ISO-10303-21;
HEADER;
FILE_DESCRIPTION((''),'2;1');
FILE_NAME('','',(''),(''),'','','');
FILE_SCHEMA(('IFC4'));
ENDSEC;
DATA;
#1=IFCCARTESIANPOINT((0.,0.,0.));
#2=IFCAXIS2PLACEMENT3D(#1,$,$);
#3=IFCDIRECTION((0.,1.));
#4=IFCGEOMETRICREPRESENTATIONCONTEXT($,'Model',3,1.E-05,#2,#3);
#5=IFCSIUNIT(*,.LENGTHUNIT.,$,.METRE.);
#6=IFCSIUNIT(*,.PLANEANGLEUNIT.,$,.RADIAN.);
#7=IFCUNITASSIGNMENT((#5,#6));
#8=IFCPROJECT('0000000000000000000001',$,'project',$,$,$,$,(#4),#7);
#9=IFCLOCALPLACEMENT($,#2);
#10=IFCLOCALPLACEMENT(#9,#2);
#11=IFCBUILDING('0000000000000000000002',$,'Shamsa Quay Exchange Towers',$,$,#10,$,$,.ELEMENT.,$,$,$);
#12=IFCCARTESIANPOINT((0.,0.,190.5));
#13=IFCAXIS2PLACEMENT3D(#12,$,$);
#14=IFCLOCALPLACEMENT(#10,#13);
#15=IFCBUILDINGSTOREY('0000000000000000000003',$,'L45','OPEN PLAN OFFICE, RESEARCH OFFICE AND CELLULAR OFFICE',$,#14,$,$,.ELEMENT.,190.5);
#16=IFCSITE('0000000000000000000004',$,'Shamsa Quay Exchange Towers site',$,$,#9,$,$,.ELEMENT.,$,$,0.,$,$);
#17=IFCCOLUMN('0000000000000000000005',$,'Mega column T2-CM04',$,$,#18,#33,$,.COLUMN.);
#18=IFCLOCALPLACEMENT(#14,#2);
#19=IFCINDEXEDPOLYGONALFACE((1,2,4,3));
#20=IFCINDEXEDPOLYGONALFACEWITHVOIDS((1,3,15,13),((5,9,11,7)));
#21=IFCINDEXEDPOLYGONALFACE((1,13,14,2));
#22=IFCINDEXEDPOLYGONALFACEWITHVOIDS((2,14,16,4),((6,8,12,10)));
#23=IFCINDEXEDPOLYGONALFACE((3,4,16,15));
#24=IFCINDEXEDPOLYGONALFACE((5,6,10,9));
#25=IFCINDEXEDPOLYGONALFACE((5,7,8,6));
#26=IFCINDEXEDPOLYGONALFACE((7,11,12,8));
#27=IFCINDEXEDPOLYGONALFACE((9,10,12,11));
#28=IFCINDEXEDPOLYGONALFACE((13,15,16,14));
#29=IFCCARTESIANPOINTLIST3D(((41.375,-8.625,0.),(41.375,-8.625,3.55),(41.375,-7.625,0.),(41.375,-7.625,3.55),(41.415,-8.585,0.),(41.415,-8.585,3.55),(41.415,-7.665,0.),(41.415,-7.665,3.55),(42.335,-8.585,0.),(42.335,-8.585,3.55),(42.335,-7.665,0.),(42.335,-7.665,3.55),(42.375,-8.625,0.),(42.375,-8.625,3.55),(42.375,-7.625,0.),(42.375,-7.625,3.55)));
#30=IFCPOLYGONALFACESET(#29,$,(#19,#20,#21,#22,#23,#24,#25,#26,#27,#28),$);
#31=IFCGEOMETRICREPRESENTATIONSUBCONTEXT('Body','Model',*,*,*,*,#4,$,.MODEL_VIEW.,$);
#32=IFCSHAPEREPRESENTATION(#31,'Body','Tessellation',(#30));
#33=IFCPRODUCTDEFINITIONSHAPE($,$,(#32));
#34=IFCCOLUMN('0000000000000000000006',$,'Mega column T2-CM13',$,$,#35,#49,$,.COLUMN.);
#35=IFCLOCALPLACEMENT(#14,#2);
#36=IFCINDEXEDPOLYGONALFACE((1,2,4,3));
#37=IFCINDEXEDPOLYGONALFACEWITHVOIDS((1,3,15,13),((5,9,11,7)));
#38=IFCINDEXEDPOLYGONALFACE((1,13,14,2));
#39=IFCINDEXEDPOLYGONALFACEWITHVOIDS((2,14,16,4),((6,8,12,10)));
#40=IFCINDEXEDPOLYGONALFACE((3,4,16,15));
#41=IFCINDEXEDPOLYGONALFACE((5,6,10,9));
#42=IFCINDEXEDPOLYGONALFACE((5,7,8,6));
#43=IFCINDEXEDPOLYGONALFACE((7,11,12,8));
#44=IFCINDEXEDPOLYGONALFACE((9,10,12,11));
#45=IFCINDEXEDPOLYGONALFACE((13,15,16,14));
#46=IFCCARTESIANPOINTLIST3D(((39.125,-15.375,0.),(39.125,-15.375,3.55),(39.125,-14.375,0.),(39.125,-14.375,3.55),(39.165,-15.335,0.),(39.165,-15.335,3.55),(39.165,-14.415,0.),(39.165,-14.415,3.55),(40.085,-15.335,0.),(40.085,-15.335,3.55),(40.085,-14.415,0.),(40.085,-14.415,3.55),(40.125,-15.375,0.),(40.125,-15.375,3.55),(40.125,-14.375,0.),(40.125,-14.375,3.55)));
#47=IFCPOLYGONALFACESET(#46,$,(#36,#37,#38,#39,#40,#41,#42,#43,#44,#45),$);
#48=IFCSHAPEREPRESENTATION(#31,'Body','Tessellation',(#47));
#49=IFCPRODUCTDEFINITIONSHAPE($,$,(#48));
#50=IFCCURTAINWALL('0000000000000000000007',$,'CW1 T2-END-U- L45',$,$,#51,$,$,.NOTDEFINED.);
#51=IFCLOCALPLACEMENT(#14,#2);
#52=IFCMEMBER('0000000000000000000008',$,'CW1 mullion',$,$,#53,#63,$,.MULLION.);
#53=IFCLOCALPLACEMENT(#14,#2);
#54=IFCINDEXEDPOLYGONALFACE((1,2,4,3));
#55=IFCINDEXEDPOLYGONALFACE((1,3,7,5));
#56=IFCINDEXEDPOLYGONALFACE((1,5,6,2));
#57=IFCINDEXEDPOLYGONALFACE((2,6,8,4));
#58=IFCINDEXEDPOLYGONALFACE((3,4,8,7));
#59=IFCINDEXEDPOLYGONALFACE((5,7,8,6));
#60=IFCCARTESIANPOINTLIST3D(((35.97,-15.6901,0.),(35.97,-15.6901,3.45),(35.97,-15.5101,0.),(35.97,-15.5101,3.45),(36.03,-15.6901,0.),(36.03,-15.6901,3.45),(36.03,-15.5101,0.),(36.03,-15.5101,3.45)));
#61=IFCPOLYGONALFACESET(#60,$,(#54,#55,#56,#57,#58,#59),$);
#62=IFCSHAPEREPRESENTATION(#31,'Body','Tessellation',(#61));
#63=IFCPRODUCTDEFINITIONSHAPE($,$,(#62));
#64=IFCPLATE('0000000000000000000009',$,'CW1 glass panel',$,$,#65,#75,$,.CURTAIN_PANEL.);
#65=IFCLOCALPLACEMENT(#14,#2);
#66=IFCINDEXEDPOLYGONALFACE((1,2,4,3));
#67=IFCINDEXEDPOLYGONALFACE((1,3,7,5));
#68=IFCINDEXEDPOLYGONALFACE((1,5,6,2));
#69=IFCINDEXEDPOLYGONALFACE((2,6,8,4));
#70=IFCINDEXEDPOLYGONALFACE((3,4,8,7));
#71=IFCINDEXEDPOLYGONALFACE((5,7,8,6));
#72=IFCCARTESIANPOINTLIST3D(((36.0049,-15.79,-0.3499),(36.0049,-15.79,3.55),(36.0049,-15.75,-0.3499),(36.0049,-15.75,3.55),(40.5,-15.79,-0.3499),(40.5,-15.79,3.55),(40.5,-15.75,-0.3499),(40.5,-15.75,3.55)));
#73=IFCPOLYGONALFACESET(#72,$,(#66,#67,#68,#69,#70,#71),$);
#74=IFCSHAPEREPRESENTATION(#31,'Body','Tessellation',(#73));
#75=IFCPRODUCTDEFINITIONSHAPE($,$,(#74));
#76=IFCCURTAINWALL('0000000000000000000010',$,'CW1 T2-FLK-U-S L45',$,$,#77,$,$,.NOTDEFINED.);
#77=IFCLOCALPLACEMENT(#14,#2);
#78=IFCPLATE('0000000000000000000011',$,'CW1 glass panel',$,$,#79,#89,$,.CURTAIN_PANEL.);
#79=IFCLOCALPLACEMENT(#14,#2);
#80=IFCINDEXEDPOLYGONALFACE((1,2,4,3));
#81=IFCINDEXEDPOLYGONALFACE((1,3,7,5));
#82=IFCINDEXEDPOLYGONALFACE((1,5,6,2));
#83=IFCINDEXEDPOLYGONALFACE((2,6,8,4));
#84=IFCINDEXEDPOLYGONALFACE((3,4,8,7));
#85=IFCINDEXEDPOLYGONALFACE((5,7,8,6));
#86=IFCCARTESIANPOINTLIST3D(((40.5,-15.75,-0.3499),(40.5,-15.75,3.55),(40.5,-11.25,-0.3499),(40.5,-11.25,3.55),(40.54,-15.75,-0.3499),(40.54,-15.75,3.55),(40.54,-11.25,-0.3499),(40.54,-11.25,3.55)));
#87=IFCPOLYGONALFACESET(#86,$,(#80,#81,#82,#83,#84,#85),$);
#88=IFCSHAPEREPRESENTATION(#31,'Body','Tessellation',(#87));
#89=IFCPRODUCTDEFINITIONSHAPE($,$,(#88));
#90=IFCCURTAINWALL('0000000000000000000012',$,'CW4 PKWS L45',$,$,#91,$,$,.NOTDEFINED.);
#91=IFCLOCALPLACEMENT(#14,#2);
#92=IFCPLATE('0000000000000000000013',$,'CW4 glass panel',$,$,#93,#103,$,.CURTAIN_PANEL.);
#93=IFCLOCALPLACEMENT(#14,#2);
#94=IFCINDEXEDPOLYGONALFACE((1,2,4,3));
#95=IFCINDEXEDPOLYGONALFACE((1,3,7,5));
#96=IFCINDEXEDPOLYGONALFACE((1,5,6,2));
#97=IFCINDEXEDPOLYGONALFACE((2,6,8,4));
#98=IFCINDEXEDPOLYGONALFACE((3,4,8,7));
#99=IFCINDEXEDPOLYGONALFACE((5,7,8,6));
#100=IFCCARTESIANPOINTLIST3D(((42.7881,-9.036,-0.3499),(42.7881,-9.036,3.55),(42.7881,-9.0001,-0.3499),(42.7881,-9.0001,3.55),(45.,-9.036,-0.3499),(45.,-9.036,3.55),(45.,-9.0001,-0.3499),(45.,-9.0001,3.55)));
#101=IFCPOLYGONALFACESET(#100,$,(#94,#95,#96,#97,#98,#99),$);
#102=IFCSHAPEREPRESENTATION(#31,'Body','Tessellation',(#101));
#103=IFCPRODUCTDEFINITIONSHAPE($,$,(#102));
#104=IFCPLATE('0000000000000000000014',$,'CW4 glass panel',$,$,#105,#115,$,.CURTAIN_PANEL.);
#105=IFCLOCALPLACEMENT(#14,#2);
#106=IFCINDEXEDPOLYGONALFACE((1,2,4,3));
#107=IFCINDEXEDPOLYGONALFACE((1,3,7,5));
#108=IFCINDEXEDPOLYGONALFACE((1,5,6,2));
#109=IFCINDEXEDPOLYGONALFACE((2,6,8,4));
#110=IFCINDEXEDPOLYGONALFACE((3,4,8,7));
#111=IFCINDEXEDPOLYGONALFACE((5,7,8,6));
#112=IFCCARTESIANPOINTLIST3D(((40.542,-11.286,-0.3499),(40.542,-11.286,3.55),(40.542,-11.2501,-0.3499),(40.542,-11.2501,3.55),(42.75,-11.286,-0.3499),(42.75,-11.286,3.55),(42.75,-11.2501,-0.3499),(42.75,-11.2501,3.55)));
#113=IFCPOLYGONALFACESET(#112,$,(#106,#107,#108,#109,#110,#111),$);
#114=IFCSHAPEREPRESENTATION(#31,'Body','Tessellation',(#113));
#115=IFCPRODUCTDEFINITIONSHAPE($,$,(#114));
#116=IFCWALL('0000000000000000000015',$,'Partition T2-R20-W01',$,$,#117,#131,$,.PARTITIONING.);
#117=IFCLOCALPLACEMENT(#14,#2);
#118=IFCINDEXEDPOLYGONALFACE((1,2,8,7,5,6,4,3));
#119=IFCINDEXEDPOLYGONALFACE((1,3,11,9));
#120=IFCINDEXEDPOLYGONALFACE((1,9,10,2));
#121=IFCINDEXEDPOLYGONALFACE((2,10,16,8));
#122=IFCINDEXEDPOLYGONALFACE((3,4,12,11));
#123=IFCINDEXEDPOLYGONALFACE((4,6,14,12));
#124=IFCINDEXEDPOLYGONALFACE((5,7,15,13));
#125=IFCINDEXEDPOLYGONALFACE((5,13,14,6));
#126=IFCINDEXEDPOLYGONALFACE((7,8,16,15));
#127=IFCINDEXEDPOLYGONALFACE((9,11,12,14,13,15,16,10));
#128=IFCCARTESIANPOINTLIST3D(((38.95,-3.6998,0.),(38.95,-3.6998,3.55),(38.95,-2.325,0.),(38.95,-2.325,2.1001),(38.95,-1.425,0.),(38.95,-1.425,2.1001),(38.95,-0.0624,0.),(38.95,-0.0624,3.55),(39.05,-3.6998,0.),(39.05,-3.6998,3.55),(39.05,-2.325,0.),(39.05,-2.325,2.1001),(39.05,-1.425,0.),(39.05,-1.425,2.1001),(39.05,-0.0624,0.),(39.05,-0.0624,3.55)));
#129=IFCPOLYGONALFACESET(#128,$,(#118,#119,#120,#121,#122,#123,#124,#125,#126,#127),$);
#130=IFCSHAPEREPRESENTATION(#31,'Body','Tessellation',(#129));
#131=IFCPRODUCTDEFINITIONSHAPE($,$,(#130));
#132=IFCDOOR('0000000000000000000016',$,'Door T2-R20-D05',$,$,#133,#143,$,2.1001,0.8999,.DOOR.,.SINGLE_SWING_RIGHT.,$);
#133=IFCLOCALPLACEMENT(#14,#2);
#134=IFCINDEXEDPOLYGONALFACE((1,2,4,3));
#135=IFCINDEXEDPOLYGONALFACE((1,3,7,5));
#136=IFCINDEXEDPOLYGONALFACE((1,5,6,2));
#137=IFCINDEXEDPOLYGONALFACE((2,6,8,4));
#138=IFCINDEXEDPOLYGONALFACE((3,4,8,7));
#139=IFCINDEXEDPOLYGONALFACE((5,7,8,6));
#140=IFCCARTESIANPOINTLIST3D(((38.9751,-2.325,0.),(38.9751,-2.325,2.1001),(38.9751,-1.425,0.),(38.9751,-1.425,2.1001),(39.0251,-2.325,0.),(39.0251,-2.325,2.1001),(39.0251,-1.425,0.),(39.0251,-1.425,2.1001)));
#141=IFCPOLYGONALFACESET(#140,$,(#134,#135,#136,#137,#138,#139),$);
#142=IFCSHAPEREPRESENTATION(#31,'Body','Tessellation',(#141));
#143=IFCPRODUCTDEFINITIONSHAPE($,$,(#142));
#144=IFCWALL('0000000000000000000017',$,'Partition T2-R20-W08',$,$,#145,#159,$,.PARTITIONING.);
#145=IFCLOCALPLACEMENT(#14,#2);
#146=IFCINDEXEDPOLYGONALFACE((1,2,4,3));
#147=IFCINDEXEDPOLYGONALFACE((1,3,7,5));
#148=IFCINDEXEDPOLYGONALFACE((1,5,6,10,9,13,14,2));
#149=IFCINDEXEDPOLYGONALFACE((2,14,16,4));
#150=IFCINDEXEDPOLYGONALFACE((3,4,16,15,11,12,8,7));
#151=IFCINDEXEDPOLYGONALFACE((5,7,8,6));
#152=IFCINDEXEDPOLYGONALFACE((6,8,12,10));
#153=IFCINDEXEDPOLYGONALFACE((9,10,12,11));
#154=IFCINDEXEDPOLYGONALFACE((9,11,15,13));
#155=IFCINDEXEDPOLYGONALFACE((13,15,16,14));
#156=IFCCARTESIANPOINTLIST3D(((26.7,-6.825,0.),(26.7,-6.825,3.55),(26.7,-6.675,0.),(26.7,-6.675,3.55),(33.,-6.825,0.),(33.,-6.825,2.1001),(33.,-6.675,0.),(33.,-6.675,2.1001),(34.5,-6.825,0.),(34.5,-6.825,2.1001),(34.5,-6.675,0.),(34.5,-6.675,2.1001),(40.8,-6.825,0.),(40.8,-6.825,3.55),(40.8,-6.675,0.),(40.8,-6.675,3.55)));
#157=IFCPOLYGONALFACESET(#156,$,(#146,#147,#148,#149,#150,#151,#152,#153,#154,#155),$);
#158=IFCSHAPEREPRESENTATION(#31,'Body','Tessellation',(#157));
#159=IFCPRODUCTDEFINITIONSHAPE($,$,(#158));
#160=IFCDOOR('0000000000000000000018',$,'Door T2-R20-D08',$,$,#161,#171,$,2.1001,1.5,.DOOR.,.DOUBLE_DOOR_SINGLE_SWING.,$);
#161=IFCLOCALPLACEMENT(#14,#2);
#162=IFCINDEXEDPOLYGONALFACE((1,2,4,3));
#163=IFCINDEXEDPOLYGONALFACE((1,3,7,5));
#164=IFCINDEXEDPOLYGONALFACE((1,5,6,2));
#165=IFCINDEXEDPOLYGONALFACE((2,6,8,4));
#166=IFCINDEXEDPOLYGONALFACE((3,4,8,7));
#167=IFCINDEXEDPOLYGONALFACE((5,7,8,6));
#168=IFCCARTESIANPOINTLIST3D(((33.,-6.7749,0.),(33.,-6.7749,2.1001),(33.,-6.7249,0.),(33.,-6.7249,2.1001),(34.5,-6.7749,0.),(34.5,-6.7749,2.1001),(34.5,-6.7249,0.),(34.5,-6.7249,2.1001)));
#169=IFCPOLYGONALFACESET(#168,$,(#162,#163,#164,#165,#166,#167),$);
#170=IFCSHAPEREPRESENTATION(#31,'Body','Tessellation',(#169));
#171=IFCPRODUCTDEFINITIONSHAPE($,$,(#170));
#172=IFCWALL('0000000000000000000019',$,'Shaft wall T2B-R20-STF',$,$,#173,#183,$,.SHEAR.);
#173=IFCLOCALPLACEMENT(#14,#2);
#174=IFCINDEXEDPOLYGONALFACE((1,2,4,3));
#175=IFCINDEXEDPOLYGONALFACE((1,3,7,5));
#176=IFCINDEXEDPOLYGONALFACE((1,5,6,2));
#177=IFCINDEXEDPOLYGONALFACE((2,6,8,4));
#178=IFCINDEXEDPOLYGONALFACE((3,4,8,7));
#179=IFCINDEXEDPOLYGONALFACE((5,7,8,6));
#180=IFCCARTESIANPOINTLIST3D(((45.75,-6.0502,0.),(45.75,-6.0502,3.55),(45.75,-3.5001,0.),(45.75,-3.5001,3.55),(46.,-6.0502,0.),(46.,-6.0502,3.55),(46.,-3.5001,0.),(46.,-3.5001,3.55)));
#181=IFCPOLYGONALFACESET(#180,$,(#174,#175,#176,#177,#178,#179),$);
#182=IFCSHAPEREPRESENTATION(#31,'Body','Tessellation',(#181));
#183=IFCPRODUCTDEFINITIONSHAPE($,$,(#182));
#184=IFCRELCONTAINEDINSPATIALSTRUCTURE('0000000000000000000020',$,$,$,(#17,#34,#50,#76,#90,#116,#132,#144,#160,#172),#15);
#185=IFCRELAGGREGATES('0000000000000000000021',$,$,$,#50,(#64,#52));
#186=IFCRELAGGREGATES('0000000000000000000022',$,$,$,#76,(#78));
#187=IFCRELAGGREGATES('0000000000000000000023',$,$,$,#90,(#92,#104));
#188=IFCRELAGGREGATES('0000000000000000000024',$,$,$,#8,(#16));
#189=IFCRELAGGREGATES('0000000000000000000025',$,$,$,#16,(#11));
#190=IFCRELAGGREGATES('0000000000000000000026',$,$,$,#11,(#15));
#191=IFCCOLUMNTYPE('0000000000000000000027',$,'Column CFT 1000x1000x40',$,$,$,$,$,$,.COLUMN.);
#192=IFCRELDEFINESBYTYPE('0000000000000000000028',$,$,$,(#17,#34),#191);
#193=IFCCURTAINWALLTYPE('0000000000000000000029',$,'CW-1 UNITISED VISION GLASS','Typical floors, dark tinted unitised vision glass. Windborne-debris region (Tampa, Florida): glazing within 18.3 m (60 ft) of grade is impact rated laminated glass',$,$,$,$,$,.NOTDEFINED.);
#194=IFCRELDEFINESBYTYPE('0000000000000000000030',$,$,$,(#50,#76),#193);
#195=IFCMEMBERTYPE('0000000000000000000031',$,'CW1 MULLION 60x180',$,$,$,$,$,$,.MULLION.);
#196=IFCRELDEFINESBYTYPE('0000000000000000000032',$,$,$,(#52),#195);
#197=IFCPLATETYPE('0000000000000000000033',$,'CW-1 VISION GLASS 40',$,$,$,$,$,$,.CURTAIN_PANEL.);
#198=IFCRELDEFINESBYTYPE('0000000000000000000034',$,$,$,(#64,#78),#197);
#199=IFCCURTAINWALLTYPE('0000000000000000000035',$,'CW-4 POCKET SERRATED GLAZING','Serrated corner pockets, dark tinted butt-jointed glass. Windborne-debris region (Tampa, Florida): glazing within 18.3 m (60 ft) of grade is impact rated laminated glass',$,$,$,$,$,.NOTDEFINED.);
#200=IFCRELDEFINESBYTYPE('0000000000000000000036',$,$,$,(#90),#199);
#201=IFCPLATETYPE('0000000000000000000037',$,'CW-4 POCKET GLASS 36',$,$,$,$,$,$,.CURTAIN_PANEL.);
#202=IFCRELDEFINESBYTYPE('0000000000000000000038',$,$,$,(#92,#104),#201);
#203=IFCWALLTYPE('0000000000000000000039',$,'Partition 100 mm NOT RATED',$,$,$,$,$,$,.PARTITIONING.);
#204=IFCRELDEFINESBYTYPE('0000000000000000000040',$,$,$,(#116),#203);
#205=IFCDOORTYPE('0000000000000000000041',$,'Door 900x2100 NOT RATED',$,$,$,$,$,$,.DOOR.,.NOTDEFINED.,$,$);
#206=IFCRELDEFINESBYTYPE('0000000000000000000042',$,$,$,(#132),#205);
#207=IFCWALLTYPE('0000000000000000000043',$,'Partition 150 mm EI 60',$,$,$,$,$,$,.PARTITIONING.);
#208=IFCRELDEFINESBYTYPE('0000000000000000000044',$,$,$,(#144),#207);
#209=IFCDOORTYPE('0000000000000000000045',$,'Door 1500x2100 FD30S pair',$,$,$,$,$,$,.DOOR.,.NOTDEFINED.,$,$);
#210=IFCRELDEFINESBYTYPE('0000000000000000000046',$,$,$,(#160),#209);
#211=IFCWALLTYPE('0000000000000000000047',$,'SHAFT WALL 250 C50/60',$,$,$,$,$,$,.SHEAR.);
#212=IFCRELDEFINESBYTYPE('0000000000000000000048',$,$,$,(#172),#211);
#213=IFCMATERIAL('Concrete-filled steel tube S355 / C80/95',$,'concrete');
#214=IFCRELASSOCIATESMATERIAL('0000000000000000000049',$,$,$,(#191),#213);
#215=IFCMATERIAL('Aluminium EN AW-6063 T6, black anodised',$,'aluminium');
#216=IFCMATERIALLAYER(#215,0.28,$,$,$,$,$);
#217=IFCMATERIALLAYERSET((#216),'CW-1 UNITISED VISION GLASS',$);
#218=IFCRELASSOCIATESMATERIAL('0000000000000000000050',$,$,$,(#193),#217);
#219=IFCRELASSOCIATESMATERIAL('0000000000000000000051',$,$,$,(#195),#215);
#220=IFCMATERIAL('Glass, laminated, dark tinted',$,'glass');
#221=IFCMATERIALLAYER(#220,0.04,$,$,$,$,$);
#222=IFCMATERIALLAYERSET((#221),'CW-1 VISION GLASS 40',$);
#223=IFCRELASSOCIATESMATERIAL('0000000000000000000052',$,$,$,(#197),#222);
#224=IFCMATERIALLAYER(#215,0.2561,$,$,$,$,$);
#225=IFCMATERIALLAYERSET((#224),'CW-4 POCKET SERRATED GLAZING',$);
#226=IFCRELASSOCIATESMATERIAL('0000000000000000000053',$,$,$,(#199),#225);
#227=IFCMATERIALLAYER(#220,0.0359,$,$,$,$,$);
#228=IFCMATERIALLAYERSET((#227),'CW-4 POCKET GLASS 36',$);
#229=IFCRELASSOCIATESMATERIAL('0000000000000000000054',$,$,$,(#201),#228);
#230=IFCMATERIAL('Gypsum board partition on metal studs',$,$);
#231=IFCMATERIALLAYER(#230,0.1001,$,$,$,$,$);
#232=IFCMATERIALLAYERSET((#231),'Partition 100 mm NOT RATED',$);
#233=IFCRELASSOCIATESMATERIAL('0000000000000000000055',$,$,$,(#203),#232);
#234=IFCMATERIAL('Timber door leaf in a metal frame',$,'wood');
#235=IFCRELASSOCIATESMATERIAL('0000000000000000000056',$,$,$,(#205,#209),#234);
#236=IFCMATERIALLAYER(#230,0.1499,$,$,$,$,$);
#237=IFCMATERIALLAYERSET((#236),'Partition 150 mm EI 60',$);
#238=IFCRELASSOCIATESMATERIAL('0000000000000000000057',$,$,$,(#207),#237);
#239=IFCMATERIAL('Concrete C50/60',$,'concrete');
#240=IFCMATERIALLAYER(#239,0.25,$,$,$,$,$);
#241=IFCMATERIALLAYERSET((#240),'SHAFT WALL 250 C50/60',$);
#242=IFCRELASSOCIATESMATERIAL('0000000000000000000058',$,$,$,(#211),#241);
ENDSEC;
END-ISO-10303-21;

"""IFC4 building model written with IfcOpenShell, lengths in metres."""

from ifc_helpers import new_model, si_unit, direction, frame, frame_2d, origin, origin_2d, place, context, subcontext, project, spatial, rectangle, hollow_rectangle, extrude, material, layer, layer_set, material_profile, profile_set, type_object, element, fill, aggregate, save


model = new_model("IFC4")

# Units and contexts
model_context = context("Model", 3, precision=1e-05, world=origin(), true_north=direction((0.0, 1.0)))
body_context = subcontext(model_context, "Body", "Model", "MODEL_VIEW")
ifc_project = project(units=[si_unit("LENGTHUNIT", "METRE"), si_unit("PLANEANGLEUNIT", "RADIAN")], contexts=[model_context])

# Site, building, storey
site_placement = place(None, origin())
site = spatial("IfcSite", under=ifc_project, at=site_placement, Name="Shamsa Quay Exchange Towers site", CompositionType="ELEMENT", RefElevation=0.0)
building_placement = place(site_placement, origin())
building = spatial("IfcBuilding", under=site, at=building_placement, Name="Shamsa Quay Exchange Towers", CompositionType="ELEMENT")
storey_placement = place(building_placement, frame((0.0, 0.0, 190.5)))
storey = spatial("IfcBuildingStorey", under=building, at=storey_placement, Name="L45", Description="OPEN PLAN OFFICE, RESEARCH OFFICE AND CELLULAR OFFICE", CompositionType="ELEMENT", Elevation=190.5)

# Columns
ifc_material_1 = material(Name="Concrete-filled steel tube S355 / C80/95", Category="concrete")
ifc_material_profile_1 = material_profile(ifc_material_1, hollow_rectangle(XDim=1.0, YDim=1.0, WallThickness=0.04, at=origin_2d()), Name="CFT 1000x1000x40")
ifc_profile_set_1 = profile_set([ifc_material_profile_1], Name="Concrete-filled steel tube S355 / C80/95")
column_type = type_object("IfcColumnType", Name="Column CFT 1000x1000x40", PredefinedType="COLUMN", material=ifc_profile_set_1)
for number, where, name in (
    (1, (41.875, -8.125, 0.0), "Mega column T2-CM04"),
    (2, (39.625, -14.875, 0.0), "Mega column T2-CM13"),
):
    element("IfcColumn", number, at=place(storey_placement, frame(where)), inside=storey, type_object=column_type, Name=name, PredefinedType="COLUMN", context=body_context, shape_type="SweptSolid", body=[
        extrude(hollow_rectangle(XDim=1.0, YDim=1.0, WallThickness=0.04, at=origin_2d()), origin(), (0.0, 0.0, 1.0), 3.55),
    ])

# Curtain wall, member, plate
ifc_material_2 = material(Name="Aluminium EN AW-6063 T6, black anodised", Category="aluminium")
ifc_layer_1 = layer(ifc_material_2, 0.28)
ifc_layer_set_1 = layer_set([ifc_layer_1], Name="CW-1 UNITISED VISION GLASS")
curtain_wall_type_1 = type_object("IfcCurtainWallType", Name="CW-1 UNITISED VISION GLASS", Description="Typical floors, dark tinted unitised vision glass. Windborne-debris region (Tampa, Florida): glazing within 18.3 m (60 ft) of grade is impact rated laminated glass", PredefinedType="NOTDEFINED", material=ifc_layer_set_1)
curtain_wall_1_placement = place(storey_placement, origin())
curtain_wall_1 = element("IfcCurtainWall", 3, at=curtain_wall_1_placement, inside=storey, type_object=curtain_wall_type_1, Name="CW1 T2-END-U- L45", PredefinedType="NOTDEFINED")
ifc_material_profile_2 = material_profile(ifc_material_2, rectangle(XDim=0.1799, YDim=0.0601, at=origin_2d()), Name="MU60x180")
ifc_profile_set_2 = profile_set([ifc_material_profile_2], Name="Aluminium EN AW-6063 T6, black anodised")
member_type = type_object("IfcMemberType", Name="CW1 MULLION 60x180", PredefinedType="MULLION", material=ifc_profile_set_2)
member_placement = place(storey_placement, frame((36.0, -15.6001, 0.0), z_axis=(0.0, 0.0, 1.0), x_axis=(0.0, 1.0, 0.0)))
member = element("IfcMember", 4, at=member_placement, type_object=member_type, Name="CW1 mullion", PredefinedType="MULLION", context=body_context, shape_type="SweptSolid", body=[
    extrude(rectangle(XDim=0.1799, YDim=0.0601, at=origin_2d()), origin(), (0.0, 0.0, 1.0), 3.45),
])
ifc_material_3 = material(Name="Glass, laminated, dark tinted", Category="glass")
ifc_layer_2 = layer(ifc_material_3, 0.04)
ifc_layer_set_2 = layer_set([ifc_layer_2], Name="CW-1 VISION GLASS 40")
plate_type_1 = type_object("IfcPlateType", Name="CW-1 VISION GLASS 40", PredefinedType="CURTAIN_PANEL", material=ifc_layer_set_2)
plate_1_placement = place(storey_placement, frame((38.2524, -15.77, -0.3499)))
plate_1 = element("IfcPlate", 5, at=plate_1_placement, type_object=plate_type_1, Name="CW1 glass panel", PredefinedType="CURTAIN_PANEL", context=body_context, shape_type="SweptSolid", body=[
    extrude(rectangle(XDim=4.4951, YDim=0.04, at=origin_2d()), origin(), (0.0, 0.0, 1.0), 3.8999),
])
aggregate(curtain_wall_1, [plate_1, member])

# Curtain wall, plate
curtain_wall_2_placement = place(storey_placement, origin())
curtain_wall_2 = element("IfcCurtainWall", 6, at=curtain_wall_2_placement, inside=storey, type_object=curtain_wall_type_1, Name="CW1 T2-FLK-U-S L45", PredefinedType="NOTDEFINED")
plate_2_placement = place(storey_placement, frame((40.52, -13.5, -0.3499), z_axis=(0.0, 0.0, 1.0), x_axis=(0.0, 1.0, 0.0)))
plate_2 = element("IfcPlate", 7, at=plate_2_placement, type_object=plate_type_1, Name="CW1 glass panel", PredefinedType="CURTAIN_PANEL", context=body_context, shape_type="SweptSolid", body=[
    extrude(rectangle(XDim=4.5, YDim=0.04, at=origin_2d()), origin(), (0.0, 0.0, 1.0), 3.8999),
])
aggregate(curtain_wall_2, [plate_2])

# Curtain wall, plates
ifc_layer_3 = layer(ifc_material_2, 0.2561)
ifc_layer_set_3 = layer_set([ifc_layer_3], Name="CW-4 POCKET SERRATED GLAZING")
curtain_wall_type_2 = type_object("IfcCurtainWallType", Name="CW-4 POCKET SERRATED GLAZING", Description="Serrated corner pockets, dark tinted butt-jointed glass. Windborne-debris region (Tampa, Florida): glazing within 18.3 m (60 ft) of grade is impact rated laminated glass", PredefinedType="NOTDEFINED", material=ifc_layer_set_3)
curtain_wall_3_placement = place(storey_placement, origin())
curtain_wall_3 = element("IfcCurtainWall", 8, at=curtain_wall_3_placement, inside=storey, type_object=curtain_wall_type_2, Name="CW4 PKWS L45", PredefinedType="NOTDEFINED")
ifc_layer_4 = layer(ifc_material_3, 0.0359)
ifc_layer_set_4 = layer_set([ifc_layer_4], Name="CW-4 POCKET GLASS 36")
plate_type_2 = type_object("IfcPlateType", Name="CW-4 POCKET GLASS 36", PredefinedType="CURTAIN_PANEL", material=ifc_layer_set_4)
plate_3_placement = place(storey_placement, frame((43.894, -9.0181, -0.3499)))
plate_3 = element("IfcPlate", 9, at=plate_3_placement, type_object=plate_type_2, Name="CW4 glass panel", PredefinedType="CURTAIN_PANEL", context=body_context, shape_type="SweptSolid", body=[
    extrude(rectangle(XDim=2.2119, YDim=0.0359, at=origin_2d()), origin(), (0.0, 0.0, 1.0), 3.8999),
])
plate_4_placement = place(storey_placement, frame((41.646, -11.2681, -0.3499)))
plate_4 = element("IfcPlate", 10, at=plate_4_placement, type_object=plate_type_2, Name="CW4 glass panel", PredefinedType="CURTAIN_PANEL", context=body_context, shape_type="SweptSolid", body=[
    extrude(rectangle(XDim=2.208, YDim=0.0359, at=origin_2d()), origin(), (0.0, 0.0, 1.0), 3.8999),
])
aggregate(curtain_wall_3, [plate_3, plate_4])

# Walls, openings, doors
ifc_material_4 = material(Name="Gypsum board partition on metal studs")
ifc_layer_5 = layer(ifc_material_4, 0.1001)
ifc_layer_set_5 = layer_set([ifc_layer_5], Name="Partition 100 mm NOT RATED")
wall_type_1 = type_object("IfcWallType", Name="Partition 100 mm NOT RATED", PredefinedType="PARTITIONING", material=ifc_layer_set_5)
wall_1_placement = place(storey_placement, frame((39.0, -3.7, 0.0), z_axis=(0.0, 0.0, 1.0), x_axis=(0.0, 1.0, 0.0)))
wall_1 = element("IfcWall", 11, at=wall_1_placement, inside=storey, type_object=wall_type_1, Name="Partition T2-R20-W01", PredefinedType="PARTITIONING", context=body_context, shape_type="SweptSolid", body=[
    extrude(rectangle(XDim=3.6375, YDim=0.1001, at=frame_2d((1.8188, 0.0))), origin(), (0.0, 0.0, 1.0), 3.55),
])
opening_1_placement = place(wall_1_placement, frame((1.375, 0.0, 0.0)))
opening_1 = element("IfcOpeningElement", 12, at=opening_1_placement, cuts=wall_1, PredefinedType="OPENING", context=body_context, shape_type="SweptSolid", body=[
    extrude(rectangle(XDim=0.8999, YDim=2.1001, at=frame_2d((0.45, 1.05))), frame((0.0, 0.0601, 0.0), z_axis=(0.0, -1.0, 0.0), x_axis=(1.0, 0.0, 0.0)), (0.0, 0.0, 1.0), 0.1201),
])
ifc_material_5 = material(Name="Timber door leaf in a metal frame", Category="wood")
door_type_1 = type_object("IfcDoorType", Name="Door 900x2100 NOT RATED", OperationType="NOTDEFINED", PredefinedType="DOOR", material=ifc_material_5)
door_1_placement = place(opening_1_placement, origin())
door_1 = element("IfcDoor", 13, at=door_1_placement, inside=storey, type_object=door_type_1, Name="Door T2-R20-D05", OperationType="SINGLE_SWING_RIGHT", OverallHeight=2.1001, OverallWidth=0.8999, PredefinedType="DOOR", context=body_context, shape_type="SweptSolid", body=[
    extrude(rectangle(XDim=0.8999, YDim=2.1001, at=frame_2d((0.45, 1.05))), frame((0.0, 0.0249, 0.0), z_axis=(0.0, -1.0, 0.0), x_axis=(1.0, 0.0, 0.0)), (0.0, 0.0, 1.0), 0.05),
])
fill(opening_1, door_1)
ifc_layer_6 = layer(ifc_material_4, 0.1499)
ifc_layer_set_6 = layer_set([ifc_layer_6], Name="Partition 150 mm EI 60")
wall_type_2 = type_object("IfcWallType", Name="Partition 150 mm EI 60", PredefinedType="PARTITIONING", material=ifc_layer_set_6)
wall_2_placement = place(storey_placement, frame((40.8, -6.75, 0.0), z_axis=(0.0, 0.0, 1.0), x_axis=(-1.0, 0.0, 0.0)))
wall_2 = element("IfcWall", 14, at=wall_2_placement, inside=storey, type_object=wall_type_2, Name="Partition T2-R20-W08", PredefinedType="PARTITIONING", context=body_context, shape_type="SweptSolid", body=[
    extrude(rectangle(XDim=14.1001, YDim=0.1499, at=frame_2d((7.05, 0.0))), origin(), (0.0, 0.0, 1.0), 3.55),
])
opening_2_placement = place(wall_2_placement, frame((6.3, 0.0, 0.0)))
opening_2 = element("IfcOpeningElement", 15, at=opening_2_placement, cuts=wall_2, PredefinedType="OPENING", context=body_context, shape_type="SweptSolid", body=[
    extrude(rectangle(XDim=1.5, YDim=2.1001, at=frame_2d((0.75, 1.05))), frame((0.0, 0.085, 0.0), z_axis=(0.0, -1.0, 0.0), x_axis=(1.0, 0.0, 0.0)), (0.0, 0.0, 1.0), 0.1699),
])
door_type_2 = type_object("IfcDoorType", Name="Door 1500x2100 FD30S pair", OperationType="NOTDEFINED", PredefinedType="DOOR", material=ifc_material_5)
door_2_placement = place(opening_2_placement, origin())
door_2 = element("IfcDoor", 16, at=door_2_placement, inside=storey, type_object=door_type_2, Name="Door T2-R20-D08", OperationType="DOUBLE_DOOR_SINGLE_SWING", OverallHeight=2.1001, OverallWidth=1.5, PredefinedType="DOOR", context=body_context, shape_type="SweptSolid", body=[
    extrude(rectangle(XDim=1.5, YDim=2.1001, at=frame_2d((0.75, 1.05))), frame((0.0, 0.0249, 0.0), z_axis=(0.0, -1.0, 0.0), x_axis=(1.0, 0.0, 0.0)), (0.0, 0.0, 1.0), 0.05),
])
fill(opening_2, door_2)

# Wall
ifc_material_6 = material(Name="Concrete C50/60", Category="concrete")
ifc_layer_7 = layer(ifc_material_6, 0.25)
ifc_layer_set_7 = layer_set([ifc_layer_7], Name="SHAFT WALL 250 C50/60")
wall_type_3 = type_object("IfcWallType", Name="SHAFT WALL 250 C50/60", PredefinedType="SHEAR", material=ifc_layer_set_7)
wall_3_placement = place(storey_placement, frame((45.875, -6.05, 0.0), z_axis=(0.0, 0.0, 1.0), x_axis=(0.0, 1.0, 0.0)))
element("IfcWall", 17, at=wall_3_placement, inside=storey, type_object=wall_type_3, Name="Shaft wall T2B-R20-STF", PredefinedType="SHEAR", context=body_context, shape_type="SweptSolid", body=[
    extrude(rectangle(XDim=2.55, YDim=0.25, at=frame_2d((1.2749, 0.0))), origin(), (0.0, 0.0, 1.0), 3.55),
])

save(model, "model.ifc")
